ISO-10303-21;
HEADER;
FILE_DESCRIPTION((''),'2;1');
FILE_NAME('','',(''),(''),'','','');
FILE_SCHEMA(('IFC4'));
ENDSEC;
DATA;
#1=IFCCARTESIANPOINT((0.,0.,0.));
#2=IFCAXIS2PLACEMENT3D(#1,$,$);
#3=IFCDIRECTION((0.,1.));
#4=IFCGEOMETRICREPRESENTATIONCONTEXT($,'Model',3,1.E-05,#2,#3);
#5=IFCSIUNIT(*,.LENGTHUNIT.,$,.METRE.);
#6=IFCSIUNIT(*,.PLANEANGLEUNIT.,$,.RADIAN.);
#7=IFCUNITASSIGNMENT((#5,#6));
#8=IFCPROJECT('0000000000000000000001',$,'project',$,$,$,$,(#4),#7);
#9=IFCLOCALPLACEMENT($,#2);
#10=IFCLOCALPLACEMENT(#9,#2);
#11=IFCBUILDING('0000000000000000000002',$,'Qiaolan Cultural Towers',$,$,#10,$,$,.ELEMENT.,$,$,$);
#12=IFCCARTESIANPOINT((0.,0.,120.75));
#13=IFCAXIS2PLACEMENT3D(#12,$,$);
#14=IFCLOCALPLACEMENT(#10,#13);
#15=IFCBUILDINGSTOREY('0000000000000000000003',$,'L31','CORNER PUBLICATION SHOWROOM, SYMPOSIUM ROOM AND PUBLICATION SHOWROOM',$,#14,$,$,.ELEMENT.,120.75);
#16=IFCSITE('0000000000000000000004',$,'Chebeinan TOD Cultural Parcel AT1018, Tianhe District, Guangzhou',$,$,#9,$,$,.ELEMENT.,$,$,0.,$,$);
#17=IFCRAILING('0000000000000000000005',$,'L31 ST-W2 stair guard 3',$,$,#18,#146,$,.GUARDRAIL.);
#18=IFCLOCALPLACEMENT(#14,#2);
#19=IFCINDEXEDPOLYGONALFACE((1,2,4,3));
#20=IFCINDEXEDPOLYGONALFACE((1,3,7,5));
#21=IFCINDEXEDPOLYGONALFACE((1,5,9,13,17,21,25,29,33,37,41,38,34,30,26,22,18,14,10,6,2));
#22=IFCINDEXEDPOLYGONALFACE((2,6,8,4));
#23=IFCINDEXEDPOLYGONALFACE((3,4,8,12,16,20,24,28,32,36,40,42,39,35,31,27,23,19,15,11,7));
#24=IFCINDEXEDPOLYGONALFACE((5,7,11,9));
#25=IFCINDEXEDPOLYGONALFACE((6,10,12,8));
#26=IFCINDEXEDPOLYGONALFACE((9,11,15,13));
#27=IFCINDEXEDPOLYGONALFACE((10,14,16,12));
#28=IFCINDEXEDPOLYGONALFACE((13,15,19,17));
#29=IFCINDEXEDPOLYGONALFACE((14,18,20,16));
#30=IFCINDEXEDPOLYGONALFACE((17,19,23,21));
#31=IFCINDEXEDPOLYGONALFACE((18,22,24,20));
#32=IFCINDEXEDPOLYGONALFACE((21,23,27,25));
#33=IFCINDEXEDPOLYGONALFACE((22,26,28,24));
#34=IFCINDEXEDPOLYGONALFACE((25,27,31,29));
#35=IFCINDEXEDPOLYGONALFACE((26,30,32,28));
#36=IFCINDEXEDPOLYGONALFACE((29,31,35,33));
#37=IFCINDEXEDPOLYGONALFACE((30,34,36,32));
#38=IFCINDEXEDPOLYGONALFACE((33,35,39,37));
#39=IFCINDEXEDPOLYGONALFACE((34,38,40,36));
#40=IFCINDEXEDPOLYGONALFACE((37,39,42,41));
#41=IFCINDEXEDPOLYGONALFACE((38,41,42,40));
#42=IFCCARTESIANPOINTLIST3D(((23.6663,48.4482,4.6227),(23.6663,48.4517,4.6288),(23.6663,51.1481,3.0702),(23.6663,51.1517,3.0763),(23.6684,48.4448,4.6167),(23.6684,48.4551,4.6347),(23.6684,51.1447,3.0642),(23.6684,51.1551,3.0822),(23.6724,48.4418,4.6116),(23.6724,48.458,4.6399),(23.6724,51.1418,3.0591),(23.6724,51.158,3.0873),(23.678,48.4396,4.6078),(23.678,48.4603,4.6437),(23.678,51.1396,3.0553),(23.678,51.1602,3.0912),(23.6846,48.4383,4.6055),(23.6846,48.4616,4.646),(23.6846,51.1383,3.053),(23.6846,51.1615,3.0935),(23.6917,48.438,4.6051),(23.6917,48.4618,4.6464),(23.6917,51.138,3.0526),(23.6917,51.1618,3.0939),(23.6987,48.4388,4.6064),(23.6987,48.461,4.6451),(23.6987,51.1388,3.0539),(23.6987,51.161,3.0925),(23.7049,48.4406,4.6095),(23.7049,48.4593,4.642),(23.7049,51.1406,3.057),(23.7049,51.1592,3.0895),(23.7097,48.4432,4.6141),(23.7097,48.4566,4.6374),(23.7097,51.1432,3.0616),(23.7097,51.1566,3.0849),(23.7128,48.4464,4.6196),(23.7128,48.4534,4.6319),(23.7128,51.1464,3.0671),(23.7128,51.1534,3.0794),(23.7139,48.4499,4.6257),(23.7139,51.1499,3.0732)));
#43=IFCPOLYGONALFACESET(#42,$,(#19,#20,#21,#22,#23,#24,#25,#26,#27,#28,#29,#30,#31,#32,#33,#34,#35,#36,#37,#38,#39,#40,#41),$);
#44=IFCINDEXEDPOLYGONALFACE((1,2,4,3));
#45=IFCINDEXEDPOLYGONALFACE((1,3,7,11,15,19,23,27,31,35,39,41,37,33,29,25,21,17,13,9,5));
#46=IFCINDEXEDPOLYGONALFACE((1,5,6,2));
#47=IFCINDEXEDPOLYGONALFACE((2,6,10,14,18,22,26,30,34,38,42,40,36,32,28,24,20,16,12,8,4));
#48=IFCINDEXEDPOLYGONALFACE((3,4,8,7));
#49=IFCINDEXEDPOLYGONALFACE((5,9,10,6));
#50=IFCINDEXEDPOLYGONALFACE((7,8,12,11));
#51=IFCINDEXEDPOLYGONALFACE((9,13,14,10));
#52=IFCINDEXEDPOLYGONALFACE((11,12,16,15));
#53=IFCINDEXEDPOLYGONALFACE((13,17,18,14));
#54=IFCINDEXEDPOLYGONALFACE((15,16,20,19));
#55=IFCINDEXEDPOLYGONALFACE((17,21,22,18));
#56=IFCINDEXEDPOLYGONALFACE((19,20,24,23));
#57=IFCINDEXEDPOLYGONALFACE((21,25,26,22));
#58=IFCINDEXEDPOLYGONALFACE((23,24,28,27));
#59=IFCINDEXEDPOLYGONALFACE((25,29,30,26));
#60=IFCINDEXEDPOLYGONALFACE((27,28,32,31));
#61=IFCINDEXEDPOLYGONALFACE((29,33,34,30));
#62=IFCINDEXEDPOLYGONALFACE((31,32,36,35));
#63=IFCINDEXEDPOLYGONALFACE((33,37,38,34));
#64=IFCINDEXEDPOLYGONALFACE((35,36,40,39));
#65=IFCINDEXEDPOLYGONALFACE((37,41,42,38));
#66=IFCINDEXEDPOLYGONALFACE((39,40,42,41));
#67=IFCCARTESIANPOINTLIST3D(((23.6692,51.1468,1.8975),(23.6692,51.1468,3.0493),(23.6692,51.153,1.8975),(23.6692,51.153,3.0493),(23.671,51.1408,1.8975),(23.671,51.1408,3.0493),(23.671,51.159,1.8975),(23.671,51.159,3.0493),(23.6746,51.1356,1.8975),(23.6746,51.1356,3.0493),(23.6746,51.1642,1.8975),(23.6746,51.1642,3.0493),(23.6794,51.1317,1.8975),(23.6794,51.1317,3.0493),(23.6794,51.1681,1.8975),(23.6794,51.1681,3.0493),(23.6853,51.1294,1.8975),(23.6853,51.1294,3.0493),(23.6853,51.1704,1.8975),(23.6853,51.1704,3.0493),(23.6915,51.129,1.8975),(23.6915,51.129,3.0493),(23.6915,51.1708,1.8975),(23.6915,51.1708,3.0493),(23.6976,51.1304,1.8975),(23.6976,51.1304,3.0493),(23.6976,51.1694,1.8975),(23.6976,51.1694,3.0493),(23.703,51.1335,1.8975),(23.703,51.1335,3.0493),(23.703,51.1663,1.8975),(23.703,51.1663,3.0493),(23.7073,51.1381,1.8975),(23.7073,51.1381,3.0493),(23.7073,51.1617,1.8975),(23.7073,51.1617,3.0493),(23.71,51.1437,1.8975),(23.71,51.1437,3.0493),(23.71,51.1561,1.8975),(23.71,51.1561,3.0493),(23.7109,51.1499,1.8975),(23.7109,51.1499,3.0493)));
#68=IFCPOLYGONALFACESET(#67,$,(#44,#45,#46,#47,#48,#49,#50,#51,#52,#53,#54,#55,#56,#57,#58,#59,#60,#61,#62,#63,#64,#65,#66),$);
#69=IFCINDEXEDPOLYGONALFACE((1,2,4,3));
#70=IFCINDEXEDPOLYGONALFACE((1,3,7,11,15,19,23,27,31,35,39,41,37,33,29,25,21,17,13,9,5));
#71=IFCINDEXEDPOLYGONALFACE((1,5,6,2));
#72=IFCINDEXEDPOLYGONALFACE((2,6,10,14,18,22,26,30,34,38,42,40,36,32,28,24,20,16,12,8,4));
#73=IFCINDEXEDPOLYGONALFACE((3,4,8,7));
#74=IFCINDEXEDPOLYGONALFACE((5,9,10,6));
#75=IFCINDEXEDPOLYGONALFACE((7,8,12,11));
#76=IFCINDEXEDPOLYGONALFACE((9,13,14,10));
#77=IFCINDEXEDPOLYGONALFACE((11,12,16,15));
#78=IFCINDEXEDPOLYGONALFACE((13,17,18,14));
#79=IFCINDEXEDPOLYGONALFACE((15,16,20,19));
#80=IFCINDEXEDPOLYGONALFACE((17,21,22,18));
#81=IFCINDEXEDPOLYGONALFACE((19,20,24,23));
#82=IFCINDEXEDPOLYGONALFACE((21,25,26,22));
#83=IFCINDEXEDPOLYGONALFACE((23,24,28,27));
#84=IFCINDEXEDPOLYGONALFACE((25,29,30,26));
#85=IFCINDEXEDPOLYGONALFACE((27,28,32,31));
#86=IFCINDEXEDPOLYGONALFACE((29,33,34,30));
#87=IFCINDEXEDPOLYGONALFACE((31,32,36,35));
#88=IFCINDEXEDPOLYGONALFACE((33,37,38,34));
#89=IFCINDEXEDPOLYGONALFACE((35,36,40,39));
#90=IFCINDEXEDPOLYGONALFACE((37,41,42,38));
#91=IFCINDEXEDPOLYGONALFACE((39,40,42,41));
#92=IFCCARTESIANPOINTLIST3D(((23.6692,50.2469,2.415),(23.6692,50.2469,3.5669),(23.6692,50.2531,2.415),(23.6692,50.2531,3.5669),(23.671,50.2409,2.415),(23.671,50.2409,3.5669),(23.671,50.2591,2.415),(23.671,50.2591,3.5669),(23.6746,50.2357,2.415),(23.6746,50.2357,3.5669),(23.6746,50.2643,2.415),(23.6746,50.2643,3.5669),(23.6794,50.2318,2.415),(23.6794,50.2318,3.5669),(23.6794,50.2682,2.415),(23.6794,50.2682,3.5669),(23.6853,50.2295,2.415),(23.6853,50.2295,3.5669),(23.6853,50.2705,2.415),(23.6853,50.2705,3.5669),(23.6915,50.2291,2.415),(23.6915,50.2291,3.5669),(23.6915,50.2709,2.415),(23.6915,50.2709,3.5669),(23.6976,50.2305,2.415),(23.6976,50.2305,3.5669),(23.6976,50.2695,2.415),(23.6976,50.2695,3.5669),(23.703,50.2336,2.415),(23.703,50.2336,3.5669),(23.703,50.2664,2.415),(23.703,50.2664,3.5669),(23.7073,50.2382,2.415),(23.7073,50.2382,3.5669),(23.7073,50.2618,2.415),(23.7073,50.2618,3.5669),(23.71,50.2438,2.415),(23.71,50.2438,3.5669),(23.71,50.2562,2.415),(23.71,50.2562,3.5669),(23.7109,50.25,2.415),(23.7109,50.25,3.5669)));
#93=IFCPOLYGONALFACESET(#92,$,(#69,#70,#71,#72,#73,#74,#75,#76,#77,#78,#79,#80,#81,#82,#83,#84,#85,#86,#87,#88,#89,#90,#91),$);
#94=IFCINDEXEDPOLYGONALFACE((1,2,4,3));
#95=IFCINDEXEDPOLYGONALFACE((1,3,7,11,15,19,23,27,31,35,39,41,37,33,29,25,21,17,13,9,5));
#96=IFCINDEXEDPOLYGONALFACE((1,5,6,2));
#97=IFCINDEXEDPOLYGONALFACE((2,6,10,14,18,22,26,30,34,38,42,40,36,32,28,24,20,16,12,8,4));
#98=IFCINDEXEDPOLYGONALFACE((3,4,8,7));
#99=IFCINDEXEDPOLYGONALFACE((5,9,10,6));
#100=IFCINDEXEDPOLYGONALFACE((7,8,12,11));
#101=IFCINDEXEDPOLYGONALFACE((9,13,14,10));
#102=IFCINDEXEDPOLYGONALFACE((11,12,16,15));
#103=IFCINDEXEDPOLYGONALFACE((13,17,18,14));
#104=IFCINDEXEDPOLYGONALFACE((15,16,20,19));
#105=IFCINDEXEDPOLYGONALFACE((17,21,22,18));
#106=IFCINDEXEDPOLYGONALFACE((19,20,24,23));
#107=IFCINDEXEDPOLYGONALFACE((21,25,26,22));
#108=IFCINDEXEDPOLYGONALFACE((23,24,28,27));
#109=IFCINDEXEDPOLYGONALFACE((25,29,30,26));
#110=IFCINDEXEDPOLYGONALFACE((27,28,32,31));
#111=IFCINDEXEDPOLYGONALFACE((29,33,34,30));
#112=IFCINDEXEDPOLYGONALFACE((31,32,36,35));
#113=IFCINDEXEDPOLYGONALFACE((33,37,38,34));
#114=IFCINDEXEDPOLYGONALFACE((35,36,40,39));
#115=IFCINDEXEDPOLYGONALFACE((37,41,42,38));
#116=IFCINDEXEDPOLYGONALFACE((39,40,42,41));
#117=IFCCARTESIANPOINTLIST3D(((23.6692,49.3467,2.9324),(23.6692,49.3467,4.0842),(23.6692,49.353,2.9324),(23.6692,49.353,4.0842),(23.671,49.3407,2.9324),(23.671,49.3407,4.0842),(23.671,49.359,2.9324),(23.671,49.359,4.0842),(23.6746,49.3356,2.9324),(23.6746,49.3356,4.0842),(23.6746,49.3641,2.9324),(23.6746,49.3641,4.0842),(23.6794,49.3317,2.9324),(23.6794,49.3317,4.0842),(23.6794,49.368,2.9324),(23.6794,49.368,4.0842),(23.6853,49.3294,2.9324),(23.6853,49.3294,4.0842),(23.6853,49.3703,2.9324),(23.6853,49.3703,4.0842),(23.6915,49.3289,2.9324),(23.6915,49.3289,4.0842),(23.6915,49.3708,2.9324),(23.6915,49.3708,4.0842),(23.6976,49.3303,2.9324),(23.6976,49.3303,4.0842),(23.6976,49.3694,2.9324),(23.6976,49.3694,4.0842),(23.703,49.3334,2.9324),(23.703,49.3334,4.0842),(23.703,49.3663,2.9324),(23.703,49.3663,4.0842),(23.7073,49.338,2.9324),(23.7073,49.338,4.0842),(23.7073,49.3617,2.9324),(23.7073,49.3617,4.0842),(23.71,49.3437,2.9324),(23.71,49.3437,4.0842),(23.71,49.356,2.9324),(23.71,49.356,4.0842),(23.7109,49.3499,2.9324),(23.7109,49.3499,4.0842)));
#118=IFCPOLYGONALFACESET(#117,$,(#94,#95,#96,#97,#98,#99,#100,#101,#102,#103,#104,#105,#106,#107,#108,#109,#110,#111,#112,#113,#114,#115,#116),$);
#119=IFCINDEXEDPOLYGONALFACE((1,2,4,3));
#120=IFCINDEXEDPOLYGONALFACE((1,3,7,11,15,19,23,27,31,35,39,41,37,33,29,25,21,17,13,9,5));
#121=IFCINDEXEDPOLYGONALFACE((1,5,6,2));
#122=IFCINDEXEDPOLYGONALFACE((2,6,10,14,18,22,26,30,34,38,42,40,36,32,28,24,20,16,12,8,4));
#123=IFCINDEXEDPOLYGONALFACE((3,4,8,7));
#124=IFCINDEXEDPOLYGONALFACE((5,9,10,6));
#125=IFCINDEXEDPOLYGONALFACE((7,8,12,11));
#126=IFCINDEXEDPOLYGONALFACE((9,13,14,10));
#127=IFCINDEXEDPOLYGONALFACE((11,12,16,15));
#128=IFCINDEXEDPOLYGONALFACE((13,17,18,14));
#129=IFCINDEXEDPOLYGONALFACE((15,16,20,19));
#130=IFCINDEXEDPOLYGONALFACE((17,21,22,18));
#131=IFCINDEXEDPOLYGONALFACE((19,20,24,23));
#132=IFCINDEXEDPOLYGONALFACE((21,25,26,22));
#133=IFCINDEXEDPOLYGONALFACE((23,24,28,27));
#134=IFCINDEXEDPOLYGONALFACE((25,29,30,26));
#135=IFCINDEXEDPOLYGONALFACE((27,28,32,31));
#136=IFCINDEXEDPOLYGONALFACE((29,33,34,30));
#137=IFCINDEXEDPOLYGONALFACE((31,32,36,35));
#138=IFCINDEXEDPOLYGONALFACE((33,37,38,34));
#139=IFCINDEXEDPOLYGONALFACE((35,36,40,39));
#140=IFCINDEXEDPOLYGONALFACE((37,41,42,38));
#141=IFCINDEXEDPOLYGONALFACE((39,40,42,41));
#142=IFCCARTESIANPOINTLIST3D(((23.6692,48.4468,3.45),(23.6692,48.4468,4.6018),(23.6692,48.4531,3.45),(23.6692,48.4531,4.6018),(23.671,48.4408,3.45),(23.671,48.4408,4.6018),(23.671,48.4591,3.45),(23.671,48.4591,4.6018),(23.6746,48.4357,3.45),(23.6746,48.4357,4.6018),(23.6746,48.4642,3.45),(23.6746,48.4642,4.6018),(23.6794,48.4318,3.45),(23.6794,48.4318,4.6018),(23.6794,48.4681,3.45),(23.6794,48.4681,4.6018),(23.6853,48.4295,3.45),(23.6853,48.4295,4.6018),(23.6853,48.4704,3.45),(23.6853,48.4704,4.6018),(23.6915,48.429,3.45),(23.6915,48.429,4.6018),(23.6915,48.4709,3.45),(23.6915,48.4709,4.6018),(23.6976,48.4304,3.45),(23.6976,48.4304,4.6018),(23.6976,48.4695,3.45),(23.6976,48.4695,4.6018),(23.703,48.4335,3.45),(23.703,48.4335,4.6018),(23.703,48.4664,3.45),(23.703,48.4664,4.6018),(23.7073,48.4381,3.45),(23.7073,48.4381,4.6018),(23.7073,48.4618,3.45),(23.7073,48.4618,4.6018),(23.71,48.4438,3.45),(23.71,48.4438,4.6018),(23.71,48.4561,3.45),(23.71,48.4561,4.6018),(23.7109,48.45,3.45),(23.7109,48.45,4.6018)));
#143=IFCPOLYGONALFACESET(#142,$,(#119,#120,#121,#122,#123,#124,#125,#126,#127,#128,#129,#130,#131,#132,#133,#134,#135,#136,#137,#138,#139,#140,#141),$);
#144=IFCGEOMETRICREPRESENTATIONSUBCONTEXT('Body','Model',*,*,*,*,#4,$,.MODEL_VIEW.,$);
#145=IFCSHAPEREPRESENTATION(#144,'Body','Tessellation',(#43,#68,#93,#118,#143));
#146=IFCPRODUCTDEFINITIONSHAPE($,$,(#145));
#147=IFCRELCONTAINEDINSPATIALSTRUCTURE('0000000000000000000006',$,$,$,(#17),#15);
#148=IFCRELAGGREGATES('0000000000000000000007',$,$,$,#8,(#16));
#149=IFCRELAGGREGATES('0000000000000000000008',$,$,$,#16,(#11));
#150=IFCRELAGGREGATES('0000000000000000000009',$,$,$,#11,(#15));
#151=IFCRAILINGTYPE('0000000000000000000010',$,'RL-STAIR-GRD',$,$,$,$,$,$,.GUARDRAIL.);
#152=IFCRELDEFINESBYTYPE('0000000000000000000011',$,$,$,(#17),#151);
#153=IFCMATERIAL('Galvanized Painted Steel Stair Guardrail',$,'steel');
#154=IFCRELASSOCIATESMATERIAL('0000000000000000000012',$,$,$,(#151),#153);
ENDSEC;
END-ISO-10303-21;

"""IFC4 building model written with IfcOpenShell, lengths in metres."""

from ifc_helpers import new_model, si_unit, direction, frame, origin, origin_2d, place, context, subcontext, project, spatial, circle, extrude, material, type_object, element, save


model = new_model("IFC4")

# Units and contexts
model_context = context("Model", 3, precision=1e-05, world=origin(), true_north=direction((0.0, 1.0)))
body_context = subcontext(model_context, "Body", "Model", "MODEL_VIEW")
ifc_project = project(units=[si_unit("LENGTHUNIT", "METRE"), si_unit("PLANEANGLEUNIT", "RADIAN")], contexts=[model_context])

# Site, building, storey
site_placement = place(None, origin())
site = spatial("IfcSite", under=ifc_project, at=site_placement, Name="Chebeinan TOD Cultural Parcel AT1018, Tianhe District, Guangzhou", CompositionType="ELEMENT", RefElevation=0.0)
building_placement = place(site_placement, origin())
building = spatial("IfcBuilding", under=site, at=building_placement, Name="Qiaolan Cultural Towers", CompositionType="ELEMENT")
storey_placement = place(building_placement, frame((0.0, 0.0, 120.75)))
storey = spatial("IfcBuildingStorey", under=building, at=storey_placement, Name="L31", Description="CORNER PUBLICATION SHOWROOM, SYMPOSIUM ROOM AND PUBLICATION SHOWROOM", CompositionType="ELEMENT", Elevation=120.75)

# Railing
ifc_material_1 = material(Name="Galvanized Painted Steel Stair Guardrail", Category="steel")
railing_type_1 = type_object("IfcRailingType", Name="RL-STAIR-GRD", PredefinedType="GUARDRAIL", material=ifc_material_1)
railing_1_placement = place(storey_placement, frame((23.6899, 51.1499, 1.8975)))
element("IfcRailing", 1, at=railing_1_placement, inside=storey, type_object=railing_type_1, Name="L31 ST-W2 stair guard 3", PredefinedType="GUARDRAIL", context=body_context, shape_type="SweptSolid", body=[
    extrude(circle(Radius=0.0239, at=origin_2d()), frame((0.0, 0.0, 1.1758), z_axis=(0.0, -0.866904, 0.498476), x_axis=(1.0, 0.0, 0.0)), (0.0, 0.0, 1.0), 3.1145),
    extrude(circle(Radius=0.021, at=origin_2d()), origin(), (0.0, 0.0, 1.0), 1.1519),
    extrude(circle(Radius=0.021, at=origin_2d()), frame((0.0, -0.8999, 0.5176)), (0.0, 0.0, 1.0), 1.1519),
    extrude(circle(Radius=0.021, at=origin_2d()), frame((0.0, -1.8, 1.0349)), (0.0, 0.0, 1.0), 1.1519),
    extrude(circle(Radius=0.021, at=origin_2d()), frame((0.0, -2.7, 1.5525)), (0.0, 0.0, 1.0), 1.1519),
])

save(model, "model.ifc")
